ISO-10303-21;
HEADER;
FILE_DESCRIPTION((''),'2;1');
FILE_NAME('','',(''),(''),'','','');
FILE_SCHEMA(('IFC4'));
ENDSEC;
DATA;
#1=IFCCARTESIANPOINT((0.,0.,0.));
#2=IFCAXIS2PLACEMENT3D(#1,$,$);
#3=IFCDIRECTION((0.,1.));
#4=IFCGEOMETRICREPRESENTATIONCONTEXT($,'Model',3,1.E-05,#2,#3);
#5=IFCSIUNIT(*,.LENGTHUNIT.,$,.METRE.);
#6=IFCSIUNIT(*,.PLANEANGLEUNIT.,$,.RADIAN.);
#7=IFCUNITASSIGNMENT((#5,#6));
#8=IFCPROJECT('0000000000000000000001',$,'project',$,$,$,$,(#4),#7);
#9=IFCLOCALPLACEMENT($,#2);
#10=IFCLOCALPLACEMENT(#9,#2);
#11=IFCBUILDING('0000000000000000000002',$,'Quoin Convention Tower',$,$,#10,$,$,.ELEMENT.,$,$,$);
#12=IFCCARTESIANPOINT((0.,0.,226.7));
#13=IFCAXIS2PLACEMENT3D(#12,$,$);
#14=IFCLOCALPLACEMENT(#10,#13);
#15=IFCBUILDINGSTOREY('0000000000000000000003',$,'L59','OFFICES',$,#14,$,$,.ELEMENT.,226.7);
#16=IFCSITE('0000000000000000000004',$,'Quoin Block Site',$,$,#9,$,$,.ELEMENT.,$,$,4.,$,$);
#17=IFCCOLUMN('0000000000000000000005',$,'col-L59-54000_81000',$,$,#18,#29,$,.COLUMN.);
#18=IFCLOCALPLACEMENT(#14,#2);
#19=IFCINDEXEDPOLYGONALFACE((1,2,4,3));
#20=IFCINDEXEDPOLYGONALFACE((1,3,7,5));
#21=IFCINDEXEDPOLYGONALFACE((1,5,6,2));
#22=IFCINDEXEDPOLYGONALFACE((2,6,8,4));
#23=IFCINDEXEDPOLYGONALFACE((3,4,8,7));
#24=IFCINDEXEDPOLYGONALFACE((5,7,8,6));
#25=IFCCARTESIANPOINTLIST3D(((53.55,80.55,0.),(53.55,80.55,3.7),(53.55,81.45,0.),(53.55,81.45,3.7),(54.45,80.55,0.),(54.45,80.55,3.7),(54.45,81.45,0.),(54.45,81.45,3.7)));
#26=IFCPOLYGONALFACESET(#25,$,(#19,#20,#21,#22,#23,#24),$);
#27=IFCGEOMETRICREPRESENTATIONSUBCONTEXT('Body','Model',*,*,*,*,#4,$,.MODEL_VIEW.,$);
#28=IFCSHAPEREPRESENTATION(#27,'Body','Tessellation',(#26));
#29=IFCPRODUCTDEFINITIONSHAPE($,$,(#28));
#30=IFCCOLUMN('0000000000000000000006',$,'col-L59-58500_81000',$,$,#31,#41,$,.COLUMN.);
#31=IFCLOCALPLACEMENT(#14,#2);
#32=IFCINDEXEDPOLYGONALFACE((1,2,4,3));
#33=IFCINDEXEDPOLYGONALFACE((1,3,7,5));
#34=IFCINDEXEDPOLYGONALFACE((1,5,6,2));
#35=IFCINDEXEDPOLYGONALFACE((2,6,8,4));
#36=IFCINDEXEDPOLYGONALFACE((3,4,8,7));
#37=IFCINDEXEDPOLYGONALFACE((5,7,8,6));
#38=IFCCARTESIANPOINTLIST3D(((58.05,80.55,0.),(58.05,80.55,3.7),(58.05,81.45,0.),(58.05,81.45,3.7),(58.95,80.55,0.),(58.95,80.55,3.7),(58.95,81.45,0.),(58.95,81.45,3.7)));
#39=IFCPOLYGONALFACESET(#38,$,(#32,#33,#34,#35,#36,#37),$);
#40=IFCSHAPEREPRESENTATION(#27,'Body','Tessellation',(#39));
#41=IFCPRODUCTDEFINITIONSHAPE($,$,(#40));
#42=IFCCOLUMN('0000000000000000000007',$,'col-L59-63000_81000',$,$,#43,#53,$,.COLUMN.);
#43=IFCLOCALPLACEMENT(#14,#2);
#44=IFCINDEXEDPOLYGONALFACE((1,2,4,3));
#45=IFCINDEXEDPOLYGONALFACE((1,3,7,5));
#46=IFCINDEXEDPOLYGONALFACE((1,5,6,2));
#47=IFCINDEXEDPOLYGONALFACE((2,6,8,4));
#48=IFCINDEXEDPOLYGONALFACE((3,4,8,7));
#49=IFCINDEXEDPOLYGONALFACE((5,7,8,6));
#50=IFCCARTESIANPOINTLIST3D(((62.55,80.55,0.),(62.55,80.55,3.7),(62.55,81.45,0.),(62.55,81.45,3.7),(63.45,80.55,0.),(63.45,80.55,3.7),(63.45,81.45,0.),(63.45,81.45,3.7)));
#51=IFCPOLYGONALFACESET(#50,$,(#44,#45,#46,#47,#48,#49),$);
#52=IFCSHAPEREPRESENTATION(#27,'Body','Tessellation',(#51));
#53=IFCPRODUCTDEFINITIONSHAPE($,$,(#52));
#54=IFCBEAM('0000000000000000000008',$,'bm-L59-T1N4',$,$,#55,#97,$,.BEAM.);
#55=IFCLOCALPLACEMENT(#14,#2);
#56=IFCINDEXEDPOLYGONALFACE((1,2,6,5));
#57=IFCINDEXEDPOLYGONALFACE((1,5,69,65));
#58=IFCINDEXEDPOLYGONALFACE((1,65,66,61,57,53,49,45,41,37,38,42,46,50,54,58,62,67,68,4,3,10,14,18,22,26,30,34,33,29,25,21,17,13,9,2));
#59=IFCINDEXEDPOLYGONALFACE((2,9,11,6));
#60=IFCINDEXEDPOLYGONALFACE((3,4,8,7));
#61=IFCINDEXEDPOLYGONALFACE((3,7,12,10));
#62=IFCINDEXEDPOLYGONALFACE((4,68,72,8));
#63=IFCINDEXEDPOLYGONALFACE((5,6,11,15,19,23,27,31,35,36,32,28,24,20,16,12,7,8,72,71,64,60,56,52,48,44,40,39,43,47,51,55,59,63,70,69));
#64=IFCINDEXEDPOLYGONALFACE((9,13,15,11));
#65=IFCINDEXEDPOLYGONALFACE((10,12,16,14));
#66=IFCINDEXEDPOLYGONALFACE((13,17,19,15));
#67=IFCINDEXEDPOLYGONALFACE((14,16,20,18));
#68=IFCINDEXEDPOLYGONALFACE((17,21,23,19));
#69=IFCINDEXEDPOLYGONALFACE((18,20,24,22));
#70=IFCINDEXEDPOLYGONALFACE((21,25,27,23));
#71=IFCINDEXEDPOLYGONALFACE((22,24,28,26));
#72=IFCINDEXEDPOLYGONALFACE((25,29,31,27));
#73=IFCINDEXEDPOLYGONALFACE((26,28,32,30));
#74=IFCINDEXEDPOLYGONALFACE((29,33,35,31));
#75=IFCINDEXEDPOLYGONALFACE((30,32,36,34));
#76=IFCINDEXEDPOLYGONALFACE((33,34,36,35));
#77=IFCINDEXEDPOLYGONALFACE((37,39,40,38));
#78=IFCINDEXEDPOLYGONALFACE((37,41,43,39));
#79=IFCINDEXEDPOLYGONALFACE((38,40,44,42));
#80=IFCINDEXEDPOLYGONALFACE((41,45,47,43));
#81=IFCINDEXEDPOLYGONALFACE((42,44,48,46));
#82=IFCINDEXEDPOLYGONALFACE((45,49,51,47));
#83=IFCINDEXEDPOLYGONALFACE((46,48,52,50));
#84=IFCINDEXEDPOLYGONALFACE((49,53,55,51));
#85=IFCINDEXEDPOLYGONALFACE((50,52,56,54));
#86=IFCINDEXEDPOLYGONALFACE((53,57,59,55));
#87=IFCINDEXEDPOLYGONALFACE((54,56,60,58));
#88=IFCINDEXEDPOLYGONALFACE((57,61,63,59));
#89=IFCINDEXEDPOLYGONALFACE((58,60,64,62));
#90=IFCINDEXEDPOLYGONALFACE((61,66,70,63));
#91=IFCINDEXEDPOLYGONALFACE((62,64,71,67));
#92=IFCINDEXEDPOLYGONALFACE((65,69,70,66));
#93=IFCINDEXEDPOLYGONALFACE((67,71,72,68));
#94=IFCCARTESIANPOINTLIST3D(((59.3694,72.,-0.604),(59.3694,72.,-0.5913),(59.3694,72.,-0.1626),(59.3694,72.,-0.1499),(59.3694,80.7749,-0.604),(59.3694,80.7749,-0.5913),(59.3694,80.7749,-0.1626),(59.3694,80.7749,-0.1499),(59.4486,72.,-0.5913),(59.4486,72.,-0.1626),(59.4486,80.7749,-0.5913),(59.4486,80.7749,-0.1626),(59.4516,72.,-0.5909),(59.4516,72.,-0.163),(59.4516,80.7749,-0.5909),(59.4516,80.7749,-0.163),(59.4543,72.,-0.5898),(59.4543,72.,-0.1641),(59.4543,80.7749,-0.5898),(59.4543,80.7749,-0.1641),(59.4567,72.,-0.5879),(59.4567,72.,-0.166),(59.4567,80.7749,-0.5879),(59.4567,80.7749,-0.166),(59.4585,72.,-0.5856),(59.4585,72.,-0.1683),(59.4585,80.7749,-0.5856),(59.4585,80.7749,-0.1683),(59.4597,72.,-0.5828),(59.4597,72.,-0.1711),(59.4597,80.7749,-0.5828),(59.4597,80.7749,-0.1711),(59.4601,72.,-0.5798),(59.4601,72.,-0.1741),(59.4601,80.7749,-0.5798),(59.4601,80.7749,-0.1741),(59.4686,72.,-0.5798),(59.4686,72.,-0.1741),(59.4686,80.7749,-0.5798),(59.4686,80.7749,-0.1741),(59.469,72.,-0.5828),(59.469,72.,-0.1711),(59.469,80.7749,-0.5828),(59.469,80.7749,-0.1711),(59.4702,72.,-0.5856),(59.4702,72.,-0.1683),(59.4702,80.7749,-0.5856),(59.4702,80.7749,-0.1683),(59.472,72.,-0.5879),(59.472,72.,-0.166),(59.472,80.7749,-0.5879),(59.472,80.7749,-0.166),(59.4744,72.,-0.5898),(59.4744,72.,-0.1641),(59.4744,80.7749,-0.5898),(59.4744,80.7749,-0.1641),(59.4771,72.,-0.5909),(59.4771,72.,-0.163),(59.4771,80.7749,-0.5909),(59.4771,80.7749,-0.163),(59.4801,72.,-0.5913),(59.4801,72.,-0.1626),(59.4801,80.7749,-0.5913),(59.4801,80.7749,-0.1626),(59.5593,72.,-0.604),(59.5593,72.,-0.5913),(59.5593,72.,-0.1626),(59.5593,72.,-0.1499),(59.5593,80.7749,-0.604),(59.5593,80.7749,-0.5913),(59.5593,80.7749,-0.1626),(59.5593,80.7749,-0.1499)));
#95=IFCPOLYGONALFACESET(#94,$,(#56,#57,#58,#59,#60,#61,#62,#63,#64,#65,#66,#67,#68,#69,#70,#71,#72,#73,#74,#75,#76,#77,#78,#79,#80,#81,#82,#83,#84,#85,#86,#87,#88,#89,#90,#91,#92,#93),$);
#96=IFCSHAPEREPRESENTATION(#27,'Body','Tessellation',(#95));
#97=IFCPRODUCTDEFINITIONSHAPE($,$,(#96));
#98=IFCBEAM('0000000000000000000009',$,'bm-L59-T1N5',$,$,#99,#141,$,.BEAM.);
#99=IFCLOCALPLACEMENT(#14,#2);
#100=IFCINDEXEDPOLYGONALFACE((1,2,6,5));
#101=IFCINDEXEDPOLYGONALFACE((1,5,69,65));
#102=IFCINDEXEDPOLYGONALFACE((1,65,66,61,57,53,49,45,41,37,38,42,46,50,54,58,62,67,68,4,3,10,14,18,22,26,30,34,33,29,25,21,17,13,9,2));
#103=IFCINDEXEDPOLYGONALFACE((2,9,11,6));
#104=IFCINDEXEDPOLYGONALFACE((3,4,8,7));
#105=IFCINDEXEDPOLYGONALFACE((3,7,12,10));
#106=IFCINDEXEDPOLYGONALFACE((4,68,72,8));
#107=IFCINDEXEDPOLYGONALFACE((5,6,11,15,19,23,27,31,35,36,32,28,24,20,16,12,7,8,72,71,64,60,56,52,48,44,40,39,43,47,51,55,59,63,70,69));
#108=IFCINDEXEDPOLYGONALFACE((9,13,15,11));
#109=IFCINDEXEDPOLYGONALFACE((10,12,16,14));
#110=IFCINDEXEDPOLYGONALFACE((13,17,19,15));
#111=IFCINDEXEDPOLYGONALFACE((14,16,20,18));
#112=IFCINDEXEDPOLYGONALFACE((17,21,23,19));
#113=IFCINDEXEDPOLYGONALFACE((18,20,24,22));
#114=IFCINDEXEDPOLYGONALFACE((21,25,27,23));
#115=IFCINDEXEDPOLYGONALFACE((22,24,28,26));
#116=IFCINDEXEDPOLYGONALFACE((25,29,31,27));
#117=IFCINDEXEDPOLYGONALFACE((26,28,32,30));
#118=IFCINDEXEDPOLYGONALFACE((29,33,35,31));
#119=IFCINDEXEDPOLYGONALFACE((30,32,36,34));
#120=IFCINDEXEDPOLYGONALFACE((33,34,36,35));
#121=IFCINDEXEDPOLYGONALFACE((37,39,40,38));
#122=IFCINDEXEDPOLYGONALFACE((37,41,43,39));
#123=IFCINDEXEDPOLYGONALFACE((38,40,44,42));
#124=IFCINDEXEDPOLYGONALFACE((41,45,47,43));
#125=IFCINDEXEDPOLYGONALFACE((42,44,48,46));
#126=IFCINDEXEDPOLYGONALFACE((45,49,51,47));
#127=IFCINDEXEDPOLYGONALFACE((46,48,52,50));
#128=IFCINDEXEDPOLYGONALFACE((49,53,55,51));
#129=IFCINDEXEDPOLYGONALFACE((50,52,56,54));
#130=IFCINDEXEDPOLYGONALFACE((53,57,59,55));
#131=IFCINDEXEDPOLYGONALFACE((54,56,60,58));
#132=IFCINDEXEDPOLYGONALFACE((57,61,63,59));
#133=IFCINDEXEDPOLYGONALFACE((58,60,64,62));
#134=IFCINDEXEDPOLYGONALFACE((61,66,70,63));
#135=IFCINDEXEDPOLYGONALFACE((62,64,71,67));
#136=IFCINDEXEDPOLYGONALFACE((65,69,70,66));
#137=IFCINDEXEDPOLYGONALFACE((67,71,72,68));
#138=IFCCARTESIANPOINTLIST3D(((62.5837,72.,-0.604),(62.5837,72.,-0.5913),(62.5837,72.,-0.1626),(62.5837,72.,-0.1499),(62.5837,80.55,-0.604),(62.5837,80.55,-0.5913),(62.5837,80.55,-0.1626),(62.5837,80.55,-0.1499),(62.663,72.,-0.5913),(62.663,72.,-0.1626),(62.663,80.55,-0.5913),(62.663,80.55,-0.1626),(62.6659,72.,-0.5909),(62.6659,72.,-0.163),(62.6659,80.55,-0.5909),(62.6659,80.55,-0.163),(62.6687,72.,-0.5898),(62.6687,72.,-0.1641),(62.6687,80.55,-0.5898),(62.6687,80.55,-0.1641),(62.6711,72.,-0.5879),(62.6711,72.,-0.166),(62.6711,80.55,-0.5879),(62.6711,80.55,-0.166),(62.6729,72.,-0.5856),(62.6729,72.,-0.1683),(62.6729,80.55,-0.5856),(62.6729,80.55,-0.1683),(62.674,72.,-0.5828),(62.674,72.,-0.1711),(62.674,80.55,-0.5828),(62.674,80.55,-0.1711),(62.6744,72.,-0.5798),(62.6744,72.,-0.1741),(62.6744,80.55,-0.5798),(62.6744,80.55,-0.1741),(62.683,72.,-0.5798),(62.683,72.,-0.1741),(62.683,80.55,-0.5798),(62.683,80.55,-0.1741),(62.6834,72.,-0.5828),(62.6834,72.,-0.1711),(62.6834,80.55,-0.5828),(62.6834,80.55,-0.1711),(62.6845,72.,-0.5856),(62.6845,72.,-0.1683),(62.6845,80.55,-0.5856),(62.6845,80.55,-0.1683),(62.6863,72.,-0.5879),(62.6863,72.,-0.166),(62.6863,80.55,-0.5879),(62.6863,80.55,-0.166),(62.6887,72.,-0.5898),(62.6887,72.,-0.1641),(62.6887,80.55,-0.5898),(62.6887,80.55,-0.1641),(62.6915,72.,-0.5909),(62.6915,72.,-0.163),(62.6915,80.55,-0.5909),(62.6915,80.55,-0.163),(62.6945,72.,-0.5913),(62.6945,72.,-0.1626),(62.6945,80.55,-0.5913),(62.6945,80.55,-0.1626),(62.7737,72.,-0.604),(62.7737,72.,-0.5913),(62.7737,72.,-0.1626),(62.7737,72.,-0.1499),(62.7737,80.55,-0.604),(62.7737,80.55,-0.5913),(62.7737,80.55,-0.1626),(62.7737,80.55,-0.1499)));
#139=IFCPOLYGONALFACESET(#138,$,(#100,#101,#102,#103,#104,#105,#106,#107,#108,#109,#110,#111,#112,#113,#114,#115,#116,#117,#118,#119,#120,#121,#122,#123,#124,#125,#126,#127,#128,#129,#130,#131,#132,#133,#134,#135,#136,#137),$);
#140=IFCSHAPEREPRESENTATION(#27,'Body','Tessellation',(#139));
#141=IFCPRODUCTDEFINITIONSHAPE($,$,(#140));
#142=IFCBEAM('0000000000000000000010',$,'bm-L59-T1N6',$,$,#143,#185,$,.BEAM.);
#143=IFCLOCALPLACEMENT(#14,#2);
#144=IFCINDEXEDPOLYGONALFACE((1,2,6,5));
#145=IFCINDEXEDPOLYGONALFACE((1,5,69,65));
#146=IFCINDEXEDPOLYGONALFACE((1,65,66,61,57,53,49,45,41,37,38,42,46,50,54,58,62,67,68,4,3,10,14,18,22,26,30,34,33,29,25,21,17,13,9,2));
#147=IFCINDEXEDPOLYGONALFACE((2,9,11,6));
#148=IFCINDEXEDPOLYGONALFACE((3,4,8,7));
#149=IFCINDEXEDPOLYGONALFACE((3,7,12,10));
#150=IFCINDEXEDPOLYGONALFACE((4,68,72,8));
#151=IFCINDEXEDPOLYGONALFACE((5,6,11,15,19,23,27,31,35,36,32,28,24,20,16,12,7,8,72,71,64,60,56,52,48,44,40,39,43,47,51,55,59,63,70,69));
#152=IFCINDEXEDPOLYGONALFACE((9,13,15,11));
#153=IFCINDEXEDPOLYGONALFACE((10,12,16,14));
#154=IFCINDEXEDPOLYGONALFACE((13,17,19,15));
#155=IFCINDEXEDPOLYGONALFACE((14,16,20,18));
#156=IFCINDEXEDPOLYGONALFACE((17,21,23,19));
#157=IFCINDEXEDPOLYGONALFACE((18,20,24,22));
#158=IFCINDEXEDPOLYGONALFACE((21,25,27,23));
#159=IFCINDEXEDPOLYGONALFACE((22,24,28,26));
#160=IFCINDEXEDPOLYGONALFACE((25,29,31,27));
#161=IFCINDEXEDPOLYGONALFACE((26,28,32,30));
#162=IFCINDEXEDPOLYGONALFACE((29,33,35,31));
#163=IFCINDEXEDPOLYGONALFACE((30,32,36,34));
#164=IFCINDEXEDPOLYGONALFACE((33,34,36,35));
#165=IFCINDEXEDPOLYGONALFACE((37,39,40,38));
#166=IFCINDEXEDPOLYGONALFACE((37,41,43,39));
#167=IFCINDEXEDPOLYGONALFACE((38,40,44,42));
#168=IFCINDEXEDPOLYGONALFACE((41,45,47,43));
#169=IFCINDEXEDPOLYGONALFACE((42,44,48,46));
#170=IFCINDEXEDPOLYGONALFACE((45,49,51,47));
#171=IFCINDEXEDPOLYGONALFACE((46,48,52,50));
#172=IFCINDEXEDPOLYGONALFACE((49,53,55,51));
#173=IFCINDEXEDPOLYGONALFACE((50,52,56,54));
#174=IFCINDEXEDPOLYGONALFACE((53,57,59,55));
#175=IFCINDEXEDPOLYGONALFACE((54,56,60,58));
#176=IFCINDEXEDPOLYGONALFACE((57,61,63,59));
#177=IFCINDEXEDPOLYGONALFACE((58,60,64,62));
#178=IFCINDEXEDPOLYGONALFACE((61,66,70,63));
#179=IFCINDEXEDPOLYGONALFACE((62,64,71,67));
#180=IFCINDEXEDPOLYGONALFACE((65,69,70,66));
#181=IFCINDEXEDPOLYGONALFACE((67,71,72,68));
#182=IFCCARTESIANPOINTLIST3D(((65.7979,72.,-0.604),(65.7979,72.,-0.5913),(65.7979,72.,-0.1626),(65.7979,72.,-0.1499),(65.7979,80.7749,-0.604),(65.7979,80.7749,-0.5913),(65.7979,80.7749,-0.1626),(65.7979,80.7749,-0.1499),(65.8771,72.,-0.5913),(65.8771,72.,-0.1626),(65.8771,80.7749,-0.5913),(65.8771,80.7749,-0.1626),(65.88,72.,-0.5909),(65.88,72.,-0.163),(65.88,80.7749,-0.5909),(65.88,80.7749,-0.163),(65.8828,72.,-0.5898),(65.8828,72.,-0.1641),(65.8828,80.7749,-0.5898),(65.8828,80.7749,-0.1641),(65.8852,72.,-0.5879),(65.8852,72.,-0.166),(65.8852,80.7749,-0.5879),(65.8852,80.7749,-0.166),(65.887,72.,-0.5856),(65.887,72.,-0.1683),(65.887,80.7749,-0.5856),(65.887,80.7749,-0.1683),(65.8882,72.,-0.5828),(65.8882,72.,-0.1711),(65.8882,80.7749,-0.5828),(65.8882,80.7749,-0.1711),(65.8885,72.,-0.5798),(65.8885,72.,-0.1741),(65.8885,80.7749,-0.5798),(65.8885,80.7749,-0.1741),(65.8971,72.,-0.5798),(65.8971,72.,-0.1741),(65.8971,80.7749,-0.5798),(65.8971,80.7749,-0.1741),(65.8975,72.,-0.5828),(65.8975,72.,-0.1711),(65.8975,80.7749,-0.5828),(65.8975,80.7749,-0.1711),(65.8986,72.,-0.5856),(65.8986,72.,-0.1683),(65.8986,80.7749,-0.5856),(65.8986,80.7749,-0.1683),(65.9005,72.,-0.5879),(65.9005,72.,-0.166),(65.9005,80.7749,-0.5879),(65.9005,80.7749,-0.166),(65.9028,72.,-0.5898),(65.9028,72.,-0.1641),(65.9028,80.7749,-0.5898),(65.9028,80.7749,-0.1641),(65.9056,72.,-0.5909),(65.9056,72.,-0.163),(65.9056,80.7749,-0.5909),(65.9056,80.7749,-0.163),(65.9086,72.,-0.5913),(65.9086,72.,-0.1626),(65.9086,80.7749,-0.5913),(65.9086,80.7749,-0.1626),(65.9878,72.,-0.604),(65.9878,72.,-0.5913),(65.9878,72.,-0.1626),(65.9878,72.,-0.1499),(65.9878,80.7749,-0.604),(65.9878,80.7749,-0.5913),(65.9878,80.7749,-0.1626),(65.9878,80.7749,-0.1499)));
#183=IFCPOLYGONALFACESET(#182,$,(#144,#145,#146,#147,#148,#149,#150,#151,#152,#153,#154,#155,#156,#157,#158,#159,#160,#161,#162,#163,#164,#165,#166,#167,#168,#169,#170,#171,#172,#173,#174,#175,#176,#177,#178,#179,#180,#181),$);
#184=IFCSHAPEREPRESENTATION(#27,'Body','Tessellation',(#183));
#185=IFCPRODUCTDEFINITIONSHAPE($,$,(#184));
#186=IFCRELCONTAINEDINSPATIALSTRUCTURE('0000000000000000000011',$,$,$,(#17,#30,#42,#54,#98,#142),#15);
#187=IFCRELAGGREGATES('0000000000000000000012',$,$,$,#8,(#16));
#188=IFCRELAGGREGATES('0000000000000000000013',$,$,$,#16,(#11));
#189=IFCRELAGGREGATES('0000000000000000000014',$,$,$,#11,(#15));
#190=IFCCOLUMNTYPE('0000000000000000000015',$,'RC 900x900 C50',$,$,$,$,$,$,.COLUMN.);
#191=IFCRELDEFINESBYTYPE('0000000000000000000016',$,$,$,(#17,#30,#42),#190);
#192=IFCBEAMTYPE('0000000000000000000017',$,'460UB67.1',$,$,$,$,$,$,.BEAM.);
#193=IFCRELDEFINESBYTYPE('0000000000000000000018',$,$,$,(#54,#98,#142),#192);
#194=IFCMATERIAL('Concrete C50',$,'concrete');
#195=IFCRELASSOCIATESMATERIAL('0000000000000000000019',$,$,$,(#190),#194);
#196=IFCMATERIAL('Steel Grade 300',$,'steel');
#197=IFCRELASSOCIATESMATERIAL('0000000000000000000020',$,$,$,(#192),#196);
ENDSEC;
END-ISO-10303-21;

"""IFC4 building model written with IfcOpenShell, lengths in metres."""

from ifc_helpers import new_model, si_unit, direction, frame, origin, origin_2d, place, context, subcontext, project, spatial, rectangle, i_section, extrude, material, material_profile, profile_set, type_object, element, save


model = new_model("IFC4")

# Units and contexts
model_context = context("Model", 3, precision=1e-05, world=origin(), true_north=direction((0.0, 1.0)))
body_context = subcontext(model_context, "Body", "Model", "MODEL_VIEW")
ifc_project = project(units=[si_unit("LENGTHUNIT", "METRE"), si_unit("PLANEANGLEUNIT", "RADIAN")], contexts=[model_context])

# Site, building, storey
site_placement = place(None, origin())
site = spatial("IfcSite", under=ifc_project, at=site_placement, Name="Quoin Block Site", CompositionType="ELEMENT", RefElevation=4.0)
building_placement = place(site_placement, origin())
building = spatial("IfcBuilding", under=site, at=building_placement, Name="Quoin Convention Tower", CompositionType="ELEMENT")
storey_placement = place(building_placement, frame((0.0, 0.0, 226.7)))
storey = spatial("IfcBuildingStorey", under=building, at=storey_placement, Name="L59", Description="OFFICES", CompositionType="ELEMENT", Elevation=226.7)

# Columns
ifc_material_1 = material(Name="Concrete C50", Category="concrete")
ifc_material_profile_1 = material_profile(ifc_material_1, rectangle(XDim=0.8999, YDim=0.8999, at=origin_2d()), Name="RC 900x900")
ifc_profile_set_1 = profile_set([ifc_material_profile_1], Name="Concrete C50")
column_type = type_object("IfcColumnType", Name="RC 900x900 C50", PredefinedType="COLUMN", material=ifc_profile_set_1)
for number, where, z_axis, x_axis, name in (
    (1, (54.0, 81.0, 0.0), (0.0, 0.0, 1.0), (1.0, 0.0, 0.0), "col-L59-54000_81000"),
    (2, (58.5, 81.0, 0.0), (0.0, 0.0, 1.0), (1.0, 0.0, 0.0), "col-L59-58500_81000"),
    (3, (63.0, 81.0, 0.0), (0.0, 0.0, 1.0), (1.0, 0.0, 0.0), "col-L59-63000_81000"),
):
    element("IfcColumn", number, at=place(storey_placement, frame(where, z_axis=z_axis, x_axis=x_axis)), inside=storey, type_object=column_type, Name=name, PredefinedType="COLUMN", context=body_context, shape_type="SweptSolid", body=[
        extrude(rectangle(XDim=0.8999, YDim=0.8999, at=origin_2d()), origin(), (0.0, 0.0, 1.0), 3.7),
    ])

# Beams
ifc_material_2 = material(Name="Steel Grade 300", Category="steel")
ifc_material_profile_2 = material_profile(ifc_material_2, i_section(OverallWidth=0.1899, OverallDepth=0.4541, WebThickness=0.0085, FlangeThickness=0.0127, FilletRadius=0.0115, at=origin_2d()), Name="460UB67.1")
ifc_profile_set_2 = profile_set([ifc_material_profile_2], Name="Steel Grade 300")
beam_type_1 = type_object("IfcBeamType", Name="460UB67.1", PredefinedType="BEAM", material=ifc_profile_set_2)
beam_1_placement = place(storey_placement, frame((59.4644, 72.0, -0.377), z_axis=(0.0, 1.0, 0.0), x_axis=(-1.0, 0.0, 0.0)))
element("IfcBeam", 4, at=beam_1_placement, inside=storey, type_object=beam_type_1, Name="bm-L59-T1N4", PredefinedType="BEAM", context=body_context, shape_type="SweptSolid", body=[
    extrude(i_section(OverallWidth=0.1899, OverallDepth=0.4541, WebThickness=0.0085, FlangeThickness=0.0127, FilletRadius=0.0115, at=origin_2d()), origin(), (0.0, 0.0, 1.0), 8.7749),
])
beam_2_placement = place(storey_placement, frame((62.6787, 72.0, -0.377), z_axis=(0.0, 1.0, 0.0), x_axis=(-1.0, 0.0, 0.0)))
element("IfcBeam", 5, at=beam_2_placement, inside=storey, type_object=beam_type_1, Name="bm-L59-T1N5", PredefinedType="BEAM", context=body_context, shape_type="SweptSolid", body=[
    extrude(i_section(OverallWidth=0.1899, OverallDepth=0.4541, WebThickness=0.0085, FlangeThickness=0.0127, FilletRadius=0.0115, at=origin_2d()), origin(), (0.0, 0.0, 1.0), 8.55),
])
for number, where, z_axis, x_axis, name in (
    (6, (65.8928, 72.0, -0.377), (0.0, 1.0, 0.0), (-1.0, 0.0, 0.0), "bm-L59-T1N6"),
):
    element("IfcBeam", number, at=place(storey_placement, frame(where, z_axis=z_axis, x_axis=x_axis)), inside=storey, type_object=beam_type_1, Name=name, PredefinedType="BEAM", context=body_context, shape_type="SweptSolid", body=[
        extrude(i_section(OverallWidth=0.1899, OverallDepth=0.4541, WebThickness=0.0085, FlangeThickness=0.0127, FilletRadius=0.0115, at=origin_2d()), origin(), (0.0, 0.0, 1.0), 8.7749),
    ])

save(model, "model.ifc")
